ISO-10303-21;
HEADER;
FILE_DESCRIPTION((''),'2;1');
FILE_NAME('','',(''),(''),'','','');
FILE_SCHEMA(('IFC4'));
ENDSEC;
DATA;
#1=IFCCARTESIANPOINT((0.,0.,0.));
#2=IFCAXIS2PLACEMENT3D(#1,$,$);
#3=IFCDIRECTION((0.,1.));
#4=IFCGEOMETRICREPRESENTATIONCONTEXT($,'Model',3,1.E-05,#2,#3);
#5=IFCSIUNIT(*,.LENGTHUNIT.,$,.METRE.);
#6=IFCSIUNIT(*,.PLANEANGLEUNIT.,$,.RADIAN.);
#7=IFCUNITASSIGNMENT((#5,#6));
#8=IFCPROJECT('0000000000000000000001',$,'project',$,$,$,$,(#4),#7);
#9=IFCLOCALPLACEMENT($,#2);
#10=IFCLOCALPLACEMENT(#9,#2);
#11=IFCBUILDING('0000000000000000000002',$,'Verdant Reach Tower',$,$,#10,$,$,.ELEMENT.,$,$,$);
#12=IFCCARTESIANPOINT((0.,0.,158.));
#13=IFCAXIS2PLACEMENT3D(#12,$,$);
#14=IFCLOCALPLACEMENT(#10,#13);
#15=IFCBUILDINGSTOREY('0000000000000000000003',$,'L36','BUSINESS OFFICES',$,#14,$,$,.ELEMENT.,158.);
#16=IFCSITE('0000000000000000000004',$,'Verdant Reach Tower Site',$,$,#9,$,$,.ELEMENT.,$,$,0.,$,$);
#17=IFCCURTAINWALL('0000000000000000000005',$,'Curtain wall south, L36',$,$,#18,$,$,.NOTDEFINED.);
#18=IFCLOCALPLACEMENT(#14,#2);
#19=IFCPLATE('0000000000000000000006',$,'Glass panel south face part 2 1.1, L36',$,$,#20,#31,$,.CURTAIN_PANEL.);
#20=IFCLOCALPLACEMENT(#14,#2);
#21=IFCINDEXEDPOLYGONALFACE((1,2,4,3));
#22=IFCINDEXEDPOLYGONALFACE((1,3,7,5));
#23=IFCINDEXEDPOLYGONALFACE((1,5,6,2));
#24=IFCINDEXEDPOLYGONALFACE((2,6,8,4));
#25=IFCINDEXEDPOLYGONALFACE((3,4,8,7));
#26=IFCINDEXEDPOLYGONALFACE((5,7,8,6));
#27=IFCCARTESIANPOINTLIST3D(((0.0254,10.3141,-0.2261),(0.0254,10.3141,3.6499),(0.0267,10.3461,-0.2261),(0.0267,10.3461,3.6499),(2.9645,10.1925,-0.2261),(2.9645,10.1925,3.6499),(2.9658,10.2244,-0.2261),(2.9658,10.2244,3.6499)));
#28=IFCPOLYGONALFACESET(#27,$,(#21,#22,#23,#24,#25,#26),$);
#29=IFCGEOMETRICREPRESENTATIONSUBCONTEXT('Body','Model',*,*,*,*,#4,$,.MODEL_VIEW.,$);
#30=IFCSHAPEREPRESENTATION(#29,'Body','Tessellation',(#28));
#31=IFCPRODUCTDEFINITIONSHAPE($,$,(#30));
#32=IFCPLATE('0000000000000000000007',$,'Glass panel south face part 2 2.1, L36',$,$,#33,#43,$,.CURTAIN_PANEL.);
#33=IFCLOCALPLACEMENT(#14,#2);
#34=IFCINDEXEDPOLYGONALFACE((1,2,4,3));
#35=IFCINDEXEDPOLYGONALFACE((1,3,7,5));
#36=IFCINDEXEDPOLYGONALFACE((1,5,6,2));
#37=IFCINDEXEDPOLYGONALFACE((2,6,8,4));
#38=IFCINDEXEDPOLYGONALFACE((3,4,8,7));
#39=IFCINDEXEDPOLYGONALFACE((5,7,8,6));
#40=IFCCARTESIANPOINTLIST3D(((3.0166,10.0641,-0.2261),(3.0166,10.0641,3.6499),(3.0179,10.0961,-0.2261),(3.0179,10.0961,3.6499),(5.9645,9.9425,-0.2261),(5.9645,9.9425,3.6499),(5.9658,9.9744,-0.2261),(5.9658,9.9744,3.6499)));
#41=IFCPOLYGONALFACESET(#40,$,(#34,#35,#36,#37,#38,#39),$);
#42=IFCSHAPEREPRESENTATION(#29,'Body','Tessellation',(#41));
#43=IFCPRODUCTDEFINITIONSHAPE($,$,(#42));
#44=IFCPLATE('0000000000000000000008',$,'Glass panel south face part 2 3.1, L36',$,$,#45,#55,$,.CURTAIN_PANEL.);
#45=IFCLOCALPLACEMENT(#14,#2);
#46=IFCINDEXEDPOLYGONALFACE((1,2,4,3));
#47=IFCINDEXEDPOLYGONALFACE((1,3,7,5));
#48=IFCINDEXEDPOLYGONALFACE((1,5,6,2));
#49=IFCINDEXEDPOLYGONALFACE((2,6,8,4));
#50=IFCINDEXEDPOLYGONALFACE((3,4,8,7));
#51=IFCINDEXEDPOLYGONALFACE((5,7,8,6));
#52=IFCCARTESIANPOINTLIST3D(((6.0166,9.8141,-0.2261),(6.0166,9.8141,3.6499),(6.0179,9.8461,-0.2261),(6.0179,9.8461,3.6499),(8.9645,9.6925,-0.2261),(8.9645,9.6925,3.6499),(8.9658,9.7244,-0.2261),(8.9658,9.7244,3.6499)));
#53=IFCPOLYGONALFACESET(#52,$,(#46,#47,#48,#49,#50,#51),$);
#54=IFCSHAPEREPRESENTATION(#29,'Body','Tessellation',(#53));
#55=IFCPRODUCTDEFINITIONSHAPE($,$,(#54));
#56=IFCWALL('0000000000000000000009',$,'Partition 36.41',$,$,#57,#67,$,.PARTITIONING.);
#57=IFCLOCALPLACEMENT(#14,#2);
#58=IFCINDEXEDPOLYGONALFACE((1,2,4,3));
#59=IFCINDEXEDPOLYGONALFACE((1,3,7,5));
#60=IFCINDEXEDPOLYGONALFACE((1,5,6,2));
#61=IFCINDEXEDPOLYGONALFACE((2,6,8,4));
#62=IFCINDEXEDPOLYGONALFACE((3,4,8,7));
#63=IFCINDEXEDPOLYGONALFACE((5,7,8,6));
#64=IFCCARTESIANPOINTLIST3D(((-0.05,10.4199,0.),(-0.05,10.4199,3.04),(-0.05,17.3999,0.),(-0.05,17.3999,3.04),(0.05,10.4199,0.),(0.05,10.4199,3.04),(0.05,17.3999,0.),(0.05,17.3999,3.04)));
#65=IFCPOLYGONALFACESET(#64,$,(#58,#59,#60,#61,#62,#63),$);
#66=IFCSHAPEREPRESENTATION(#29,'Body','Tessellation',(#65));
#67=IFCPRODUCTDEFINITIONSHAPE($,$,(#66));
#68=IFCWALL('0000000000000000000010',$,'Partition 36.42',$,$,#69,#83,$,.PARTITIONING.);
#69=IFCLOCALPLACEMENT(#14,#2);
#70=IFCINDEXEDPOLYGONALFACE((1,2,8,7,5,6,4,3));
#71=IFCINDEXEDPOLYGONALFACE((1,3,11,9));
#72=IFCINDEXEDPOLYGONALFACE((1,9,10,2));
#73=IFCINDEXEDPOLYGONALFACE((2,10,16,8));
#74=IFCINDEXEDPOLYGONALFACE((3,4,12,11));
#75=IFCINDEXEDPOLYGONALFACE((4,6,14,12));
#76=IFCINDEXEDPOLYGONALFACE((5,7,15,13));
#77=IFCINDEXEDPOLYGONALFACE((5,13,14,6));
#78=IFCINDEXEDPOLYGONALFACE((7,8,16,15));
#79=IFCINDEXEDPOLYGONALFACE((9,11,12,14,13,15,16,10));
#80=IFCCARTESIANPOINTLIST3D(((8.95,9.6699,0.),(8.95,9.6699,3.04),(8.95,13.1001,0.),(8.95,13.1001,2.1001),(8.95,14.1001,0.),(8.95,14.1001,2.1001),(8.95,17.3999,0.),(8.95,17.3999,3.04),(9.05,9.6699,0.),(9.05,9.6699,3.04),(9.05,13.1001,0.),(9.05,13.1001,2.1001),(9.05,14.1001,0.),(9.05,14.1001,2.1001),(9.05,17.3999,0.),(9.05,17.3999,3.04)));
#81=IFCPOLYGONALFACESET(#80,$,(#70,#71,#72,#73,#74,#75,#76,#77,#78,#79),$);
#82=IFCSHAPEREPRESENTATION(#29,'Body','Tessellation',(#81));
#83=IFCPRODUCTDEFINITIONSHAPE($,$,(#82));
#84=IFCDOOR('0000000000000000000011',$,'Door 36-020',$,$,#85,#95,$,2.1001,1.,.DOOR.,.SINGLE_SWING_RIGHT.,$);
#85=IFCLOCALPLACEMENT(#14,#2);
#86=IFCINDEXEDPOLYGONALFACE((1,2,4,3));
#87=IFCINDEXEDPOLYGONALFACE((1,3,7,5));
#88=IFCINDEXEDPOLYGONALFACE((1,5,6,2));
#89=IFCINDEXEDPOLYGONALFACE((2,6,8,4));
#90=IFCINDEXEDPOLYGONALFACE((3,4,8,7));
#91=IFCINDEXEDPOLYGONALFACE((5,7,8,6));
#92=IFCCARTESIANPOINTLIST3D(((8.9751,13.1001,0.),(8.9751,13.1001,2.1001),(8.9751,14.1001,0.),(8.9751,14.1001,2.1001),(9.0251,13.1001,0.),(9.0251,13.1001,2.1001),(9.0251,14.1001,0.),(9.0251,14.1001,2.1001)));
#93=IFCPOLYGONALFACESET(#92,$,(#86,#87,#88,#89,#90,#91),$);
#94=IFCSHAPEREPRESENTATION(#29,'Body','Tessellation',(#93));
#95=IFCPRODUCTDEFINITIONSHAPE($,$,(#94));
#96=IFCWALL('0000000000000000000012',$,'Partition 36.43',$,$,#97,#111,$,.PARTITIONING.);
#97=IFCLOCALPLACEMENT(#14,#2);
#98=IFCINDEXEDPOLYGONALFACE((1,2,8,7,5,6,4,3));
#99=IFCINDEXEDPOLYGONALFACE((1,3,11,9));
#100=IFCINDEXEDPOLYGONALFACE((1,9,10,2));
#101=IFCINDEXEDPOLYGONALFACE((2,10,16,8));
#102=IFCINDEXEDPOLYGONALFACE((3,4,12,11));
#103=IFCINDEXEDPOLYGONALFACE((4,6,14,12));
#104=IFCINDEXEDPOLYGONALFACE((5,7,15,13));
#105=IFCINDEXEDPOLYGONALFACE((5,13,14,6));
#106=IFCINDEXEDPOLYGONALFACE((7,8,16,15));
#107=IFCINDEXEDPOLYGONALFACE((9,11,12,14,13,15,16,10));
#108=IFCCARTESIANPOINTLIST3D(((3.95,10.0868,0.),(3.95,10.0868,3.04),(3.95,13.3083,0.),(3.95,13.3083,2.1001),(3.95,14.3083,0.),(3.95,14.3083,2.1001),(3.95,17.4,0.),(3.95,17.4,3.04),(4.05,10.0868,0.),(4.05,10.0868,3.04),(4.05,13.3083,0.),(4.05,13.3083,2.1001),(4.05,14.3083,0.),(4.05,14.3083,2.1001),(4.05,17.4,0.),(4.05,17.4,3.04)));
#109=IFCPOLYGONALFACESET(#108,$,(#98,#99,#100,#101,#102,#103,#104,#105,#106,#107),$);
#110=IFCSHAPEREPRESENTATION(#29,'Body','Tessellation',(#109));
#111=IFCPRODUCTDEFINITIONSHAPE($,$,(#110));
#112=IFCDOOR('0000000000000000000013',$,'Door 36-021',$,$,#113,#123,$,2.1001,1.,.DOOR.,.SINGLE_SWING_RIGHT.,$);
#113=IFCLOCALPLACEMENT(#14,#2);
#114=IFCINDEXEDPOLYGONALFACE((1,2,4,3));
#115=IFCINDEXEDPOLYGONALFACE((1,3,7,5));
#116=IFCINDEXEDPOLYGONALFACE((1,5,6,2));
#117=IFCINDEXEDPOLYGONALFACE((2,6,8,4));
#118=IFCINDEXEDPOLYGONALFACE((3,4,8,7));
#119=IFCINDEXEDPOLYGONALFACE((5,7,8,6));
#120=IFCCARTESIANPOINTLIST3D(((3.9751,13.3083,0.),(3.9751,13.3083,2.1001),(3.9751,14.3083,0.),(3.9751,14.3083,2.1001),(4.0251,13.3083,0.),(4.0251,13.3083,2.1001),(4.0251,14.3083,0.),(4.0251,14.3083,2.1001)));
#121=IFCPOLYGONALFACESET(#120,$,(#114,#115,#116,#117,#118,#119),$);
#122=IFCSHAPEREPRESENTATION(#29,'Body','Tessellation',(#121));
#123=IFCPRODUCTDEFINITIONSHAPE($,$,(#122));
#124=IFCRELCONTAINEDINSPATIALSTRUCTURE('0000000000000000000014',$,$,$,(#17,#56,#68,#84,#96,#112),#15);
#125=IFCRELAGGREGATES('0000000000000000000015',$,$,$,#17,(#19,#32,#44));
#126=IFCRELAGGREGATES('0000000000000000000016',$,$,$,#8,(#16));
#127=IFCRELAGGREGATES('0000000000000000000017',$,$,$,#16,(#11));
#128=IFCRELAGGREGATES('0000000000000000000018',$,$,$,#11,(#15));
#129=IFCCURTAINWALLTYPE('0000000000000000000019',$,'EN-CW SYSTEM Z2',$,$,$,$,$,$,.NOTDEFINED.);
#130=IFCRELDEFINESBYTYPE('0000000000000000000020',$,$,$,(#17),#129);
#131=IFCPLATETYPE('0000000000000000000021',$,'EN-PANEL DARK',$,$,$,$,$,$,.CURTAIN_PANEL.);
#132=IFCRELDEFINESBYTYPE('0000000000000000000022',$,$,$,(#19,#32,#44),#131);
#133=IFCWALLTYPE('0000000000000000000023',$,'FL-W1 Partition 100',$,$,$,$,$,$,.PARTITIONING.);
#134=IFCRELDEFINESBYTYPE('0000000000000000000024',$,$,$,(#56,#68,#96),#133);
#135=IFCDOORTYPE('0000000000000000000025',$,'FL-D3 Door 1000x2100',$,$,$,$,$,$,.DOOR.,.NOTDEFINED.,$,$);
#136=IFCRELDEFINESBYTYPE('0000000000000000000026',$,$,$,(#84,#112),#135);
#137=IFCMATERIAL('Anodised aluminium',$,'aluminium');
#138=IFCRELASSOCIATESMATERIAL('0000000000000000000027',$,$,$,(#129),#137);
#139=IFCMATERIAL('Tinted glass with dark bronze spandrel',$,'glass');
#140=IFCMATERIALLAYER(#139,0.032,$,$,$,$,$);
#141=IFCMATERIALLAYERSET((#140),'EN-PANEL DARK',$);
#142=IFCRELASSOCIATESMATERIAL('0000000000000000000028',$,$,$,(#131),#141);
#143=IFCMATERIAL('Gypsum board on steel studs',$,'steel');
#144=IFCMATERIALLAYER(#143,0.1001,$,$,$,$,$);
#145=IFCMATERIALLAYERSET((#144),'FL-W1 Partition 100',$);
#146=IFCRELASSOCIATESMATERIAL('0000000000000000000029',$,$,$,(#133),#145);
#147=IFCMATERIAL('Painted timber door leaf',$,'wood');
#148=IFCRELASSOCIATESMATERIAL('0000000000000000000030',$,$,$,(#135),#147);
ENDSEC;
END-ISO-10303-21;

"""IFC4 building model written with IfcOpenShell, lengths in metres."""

from ifc_helpers import new_model, si_unit, direction, frame, frame_2d, origin, origin_2d, place, context, subcontext, project, spatial, rectangle, extrude, material, layer, layer_set, type_object, element, fill, aggregate, save


model = new_model("IFC4")

# Units and contexts
model_context = context("Model", 3, precision=1e-05, world=origin(), true_north=direction((0.0, 1.0)))
body_context = subcontext(model_context, "Body", "Model", "MODEL_VIEW")
ifc_project = project(units=[si_unit("LENGTHUNIT", "METRE"), si_unit("PLANEANGLEUNIT", "RADIAN")], contexts=[model_context])

# Site, building, storey
site_placement = place(None, origin())
site = spatial("IfcSite", under=ifc_project, at=site_placement, Name="Verdant Reach Tower Site", CompositionType="ELEMENT", RefElevation=0.0)
building_placement = place(site_placement, origin())
building = spatial("IfcBuilding", under=site, at=building_placement, Name="Verdant Reach Tower", CompositionType="ELEMENT")
storey_placement = place(building_placement, frame((0.0, 0.0, 158.0)))
storey = spatial("IfcBuildingStorey", under=building, at=storey_placement, Name="L36", Description="BUSINESS OFFICES", CompositionType="ELEMENT", Elevation=158.0)

# Curtain wall
ifc_material_1 = material(Name="Anodised aluminium", Category="aluminium")
curtain_wall_type = type_object("IfcCurtainWallType", Name="EN-CW SYSTEM Z2", PredefinedType="NOTDEFINED", material=ifc_material_1)
curtain_wall_placement = place(storey_placement, origin())
curtain_wall = element("IfcCurtainWall", 1, at=curtain_wall_placement, inside=storey, type_object=curtain_wall_type, Name="Curtain wall south, L36", PredefinedType="NOTDEFINED")

# Plates
ifc_material_2 = material(Name="Tinted glass with dark bronze spandrel", Category="glass")
ifc_layer_1 = layer(ifc_material_2, 0.032)
ifc_layer_set_1 = layer_set([ifc_layer_1], Name="EN-PANEL DARK")
plate_type_1 = type_object("IfcPlateType", Name="EN-PANEL DARK", PredefinedType="CURTAIN_PANEL", material=ifc_layer_set_1)
plate_1_placement = place(storey_placement, frame((1.4956, 10.2693, -0.2261), z_axis=(0.0, 0.0, 1.0), x_axis=(0.999144, -0.041364, 0.0)))
plate_1 = element("IfcPlate", 2, at=plate_1_placement, type_object=plate_type_1, Name="Glass panel south face part 2 1.1, L36", PredefinedType="CURTAIN_PANEL", context=body_context, shape_type="SweptSolid", body=[
    extrude(rectangle(XDim=2.9417, YDim=0.032, at=origin_2d()), origin(), (0.0, 0.0, 1.0), 3.876),
])
plate_2_placement = place(storey_placement, frame((4.4912, 10.0193, -0.2261), z_axis=(0.0, 0.0, 1.0), x_axis=(0.999149, -0.041242, 0.0)))
plate_2 = element("IfcPlate", 3, at=plate_2_placement, type_object=plate_type_1, Name="Glass panel south face part 2 2.1, L36", PredefinedType="CURTAIN_PANEL", context=body_context, shape_type="SweptSolid", body=[
    extrude(rectangle(XDim=2.9504, YDim=0.032, at=origin_2d()), origin(), (0.0, 0.0, 1.0), 3.876),
])
plate_3_placement = place(storey_placement, frame((7.4912, 9.7693, -0.2261), z_axis=(0.0, 0.0, 1.0), x_axis=(0.999149, -0.041242, 0.0)))
plate_3 = element("IfcPlate", 4, at=plate_3_placement, type_object=plate_type_1, Name="Glass panel south face part 2 3.1, L36", PredefinedType="CURTAIN_PANEL", context=body_context, shape_type="SweptSolid", body=[
    extrude(rectangle(XDim=2.9504, YDim=0.032, at=origin_2d()), origin(), (0.0, 0.0, 1.0), 3.876),
])
aggregate(curtain_wall, [plate_1, plate_2, plate_3])

# Wall
ifc_material_3 = material(Name="Gypsum board on steel studs", Category="steel")
ifc_layer_2 = layer(ifc_material_3, 0.1001)
ifc_layer_set_2 = layer_set([ifc_layer_2], Name="FL-W1 Partition 100")
wall_type = type_object("IfcWallType", Name="FL-W1 Partition 100", PredefinedType="PARTITIONING", material=ifc_layer_set_2)
wall_1_placement = place(storey_placement, frame((0.0, 10.4199, 0.0), z_axis=(0.0, 0.0, 1.0), x_axis=(0.0, 1.0, 0.0)))
element("IfcWall", 5, at=wall_1_placement, inside=storey, type_object=wall_type, Name="Partition 36.41", PredefinedType="PARTITIONING", context=body_context, shape_type="SweptSolid", body=[
    extrude(rectangle(XDim=6.98, YDim=0.1001, at=frame_2d((3.49, 0.0))), origin(), (0.0, 0.0, 1.0), 3.04),
])

# Walls, openings, doors
wall_2_placement = place(storey_placement, frame((9.0, 9.6699, 0.0), z_axis=(0.0, 0.0, 1.0), x_axis=(0.0, 1.0, 0.0)))
wall_2 = element("IfcWall", 6, at=wall_2_placement, inside=storey, type_object=wall_type, Name="Partition 36.42", PredefinedType="PARTITIONING", context=body_context, shape_type="SweptSolid", body=[
    extrude(rectangle(XDim=7.73, YDim=0.1001, at=frame_2d((3.865, 0.0))), origin(), (0.0, 0.0, 1.0), 3.04),
])
opening_1_placement = place(wall_2_placement, frame((3.4302, 0.0, 0.0)))
opening_1 = element("IfcOpeningElement", 7, at=opening_1_placement, cuts=wall_2, PredefinedType="OPENING", context=body_context, shape_type="SweptSolid", body=[
    extrude(rectangle(XDim=1.0, YDim=2.1001, at=frame_2d((0.5, 1.05))), frame((0.0, 0.0601, 0.0), z_axis=(0.0, -1.0, 0.0), x_axis=(1.0, 0.0, 0.0)), (0.0, 0.0, 1.0), 0.1201),
])
ifc_material_4 = material(Name="Painted timber door leaf", Category="wood")
door_type = type_object("IfcDoorType", Name="FL-D3 Door 1000x2100", OperationType="NOTDEFINED", PredefinedType="DOOR", material=ifc_material_4)
door_1_placement = place(opening_1_placement, origin())
door_1 = element("IfcDoor", 8, at=door_1_placement, inside=storey, type_object=door_type, Name="Door 36-020", OperationType="SINGLE_SWING_RIGHT", OverallHeight=2.1001, OverallWidth=1.0, PredefinedType="DOOR", context=body_context, shape_type="SweptSolid", body=[
    extrude(rectangle(XDim=1.0, YDim=2.1001, at=frame_2d((0.5, 1.05))), frame((0.0, 0.0249, 0.0), z_axis=(0.0, -1.0, 0.0), x_axis=(1.0, 0.0, 0.0)), (0.0, 0.0, 1.0), 0.05),
])
fill(opening_1, door_1)
wall_3_placement = place(storey_placement, frame((4.0, 10.0867, 0.0), z_axis=(0.0, 0.0, 1.0), x_axis=(0.0, 1.0, 0.0)))
wall_3 = element("IfcWall", 9, at=wall_3_placement, inside=storey, type_object=wall_type, Name="Partition 36.43", PredefinedType="PARTITIONING", context=body_context, shape_type="SweptSolid", body=[
    extrude(rectangle(XDim=7.3132, YDim=0.1001, at=frame_2d((3.6567, 0.0))), origin(), (0.0, 0.0, 1.0), 3.04),
])
opening_2_placement = place(wall_3_placement, frame((3.2217, 0.0, 0.0)))
opening_2 = element("IfcOpeningElement", 10, at=opening_2_placement, cuts=wall_3, PredefinedType="OPENING", context=body_context, shape_type="SweptSolid", body=[
    extrude(rectangle(XDim=1.0, YDim=2.1001, at=frame_2d((0.5, 1.05))), frame((0.0, 0.0601, 0.0), z_axis=(0.0, -1.0, 0.0), x_axis=(1.0, 0.0, 0.0)), (0.0, 0.0, 1.0), 0.1201),
])
door_2_placement = place(opening_2_placement, origin())
door_2 = element("IfcDoor", 11, at=door_2_placement, inside=storey, type_object=door_type, Name="Door 36-021", OperationType="SINGLE_SWING_RIGHT", OverallHeight=2.1001, OverallWidth=1.0, PredefinedType="DOOR", context=body_context, shape_type="SweptSolid", body=[
    extrude(rectangle(XDim=1.0, YDim=2.1001, at=frame_2d((0.5, 1.05))), frame((0.0, 0.0249, 0.0), z_axis=(0.0, -1.0, 0.0), x_axis=(1.0, 0.0, 0.0)), (0.0, 0.0, 1.0), 0.05),
])
fill(opening_2, door_2)

save(model, "model.ifc")
